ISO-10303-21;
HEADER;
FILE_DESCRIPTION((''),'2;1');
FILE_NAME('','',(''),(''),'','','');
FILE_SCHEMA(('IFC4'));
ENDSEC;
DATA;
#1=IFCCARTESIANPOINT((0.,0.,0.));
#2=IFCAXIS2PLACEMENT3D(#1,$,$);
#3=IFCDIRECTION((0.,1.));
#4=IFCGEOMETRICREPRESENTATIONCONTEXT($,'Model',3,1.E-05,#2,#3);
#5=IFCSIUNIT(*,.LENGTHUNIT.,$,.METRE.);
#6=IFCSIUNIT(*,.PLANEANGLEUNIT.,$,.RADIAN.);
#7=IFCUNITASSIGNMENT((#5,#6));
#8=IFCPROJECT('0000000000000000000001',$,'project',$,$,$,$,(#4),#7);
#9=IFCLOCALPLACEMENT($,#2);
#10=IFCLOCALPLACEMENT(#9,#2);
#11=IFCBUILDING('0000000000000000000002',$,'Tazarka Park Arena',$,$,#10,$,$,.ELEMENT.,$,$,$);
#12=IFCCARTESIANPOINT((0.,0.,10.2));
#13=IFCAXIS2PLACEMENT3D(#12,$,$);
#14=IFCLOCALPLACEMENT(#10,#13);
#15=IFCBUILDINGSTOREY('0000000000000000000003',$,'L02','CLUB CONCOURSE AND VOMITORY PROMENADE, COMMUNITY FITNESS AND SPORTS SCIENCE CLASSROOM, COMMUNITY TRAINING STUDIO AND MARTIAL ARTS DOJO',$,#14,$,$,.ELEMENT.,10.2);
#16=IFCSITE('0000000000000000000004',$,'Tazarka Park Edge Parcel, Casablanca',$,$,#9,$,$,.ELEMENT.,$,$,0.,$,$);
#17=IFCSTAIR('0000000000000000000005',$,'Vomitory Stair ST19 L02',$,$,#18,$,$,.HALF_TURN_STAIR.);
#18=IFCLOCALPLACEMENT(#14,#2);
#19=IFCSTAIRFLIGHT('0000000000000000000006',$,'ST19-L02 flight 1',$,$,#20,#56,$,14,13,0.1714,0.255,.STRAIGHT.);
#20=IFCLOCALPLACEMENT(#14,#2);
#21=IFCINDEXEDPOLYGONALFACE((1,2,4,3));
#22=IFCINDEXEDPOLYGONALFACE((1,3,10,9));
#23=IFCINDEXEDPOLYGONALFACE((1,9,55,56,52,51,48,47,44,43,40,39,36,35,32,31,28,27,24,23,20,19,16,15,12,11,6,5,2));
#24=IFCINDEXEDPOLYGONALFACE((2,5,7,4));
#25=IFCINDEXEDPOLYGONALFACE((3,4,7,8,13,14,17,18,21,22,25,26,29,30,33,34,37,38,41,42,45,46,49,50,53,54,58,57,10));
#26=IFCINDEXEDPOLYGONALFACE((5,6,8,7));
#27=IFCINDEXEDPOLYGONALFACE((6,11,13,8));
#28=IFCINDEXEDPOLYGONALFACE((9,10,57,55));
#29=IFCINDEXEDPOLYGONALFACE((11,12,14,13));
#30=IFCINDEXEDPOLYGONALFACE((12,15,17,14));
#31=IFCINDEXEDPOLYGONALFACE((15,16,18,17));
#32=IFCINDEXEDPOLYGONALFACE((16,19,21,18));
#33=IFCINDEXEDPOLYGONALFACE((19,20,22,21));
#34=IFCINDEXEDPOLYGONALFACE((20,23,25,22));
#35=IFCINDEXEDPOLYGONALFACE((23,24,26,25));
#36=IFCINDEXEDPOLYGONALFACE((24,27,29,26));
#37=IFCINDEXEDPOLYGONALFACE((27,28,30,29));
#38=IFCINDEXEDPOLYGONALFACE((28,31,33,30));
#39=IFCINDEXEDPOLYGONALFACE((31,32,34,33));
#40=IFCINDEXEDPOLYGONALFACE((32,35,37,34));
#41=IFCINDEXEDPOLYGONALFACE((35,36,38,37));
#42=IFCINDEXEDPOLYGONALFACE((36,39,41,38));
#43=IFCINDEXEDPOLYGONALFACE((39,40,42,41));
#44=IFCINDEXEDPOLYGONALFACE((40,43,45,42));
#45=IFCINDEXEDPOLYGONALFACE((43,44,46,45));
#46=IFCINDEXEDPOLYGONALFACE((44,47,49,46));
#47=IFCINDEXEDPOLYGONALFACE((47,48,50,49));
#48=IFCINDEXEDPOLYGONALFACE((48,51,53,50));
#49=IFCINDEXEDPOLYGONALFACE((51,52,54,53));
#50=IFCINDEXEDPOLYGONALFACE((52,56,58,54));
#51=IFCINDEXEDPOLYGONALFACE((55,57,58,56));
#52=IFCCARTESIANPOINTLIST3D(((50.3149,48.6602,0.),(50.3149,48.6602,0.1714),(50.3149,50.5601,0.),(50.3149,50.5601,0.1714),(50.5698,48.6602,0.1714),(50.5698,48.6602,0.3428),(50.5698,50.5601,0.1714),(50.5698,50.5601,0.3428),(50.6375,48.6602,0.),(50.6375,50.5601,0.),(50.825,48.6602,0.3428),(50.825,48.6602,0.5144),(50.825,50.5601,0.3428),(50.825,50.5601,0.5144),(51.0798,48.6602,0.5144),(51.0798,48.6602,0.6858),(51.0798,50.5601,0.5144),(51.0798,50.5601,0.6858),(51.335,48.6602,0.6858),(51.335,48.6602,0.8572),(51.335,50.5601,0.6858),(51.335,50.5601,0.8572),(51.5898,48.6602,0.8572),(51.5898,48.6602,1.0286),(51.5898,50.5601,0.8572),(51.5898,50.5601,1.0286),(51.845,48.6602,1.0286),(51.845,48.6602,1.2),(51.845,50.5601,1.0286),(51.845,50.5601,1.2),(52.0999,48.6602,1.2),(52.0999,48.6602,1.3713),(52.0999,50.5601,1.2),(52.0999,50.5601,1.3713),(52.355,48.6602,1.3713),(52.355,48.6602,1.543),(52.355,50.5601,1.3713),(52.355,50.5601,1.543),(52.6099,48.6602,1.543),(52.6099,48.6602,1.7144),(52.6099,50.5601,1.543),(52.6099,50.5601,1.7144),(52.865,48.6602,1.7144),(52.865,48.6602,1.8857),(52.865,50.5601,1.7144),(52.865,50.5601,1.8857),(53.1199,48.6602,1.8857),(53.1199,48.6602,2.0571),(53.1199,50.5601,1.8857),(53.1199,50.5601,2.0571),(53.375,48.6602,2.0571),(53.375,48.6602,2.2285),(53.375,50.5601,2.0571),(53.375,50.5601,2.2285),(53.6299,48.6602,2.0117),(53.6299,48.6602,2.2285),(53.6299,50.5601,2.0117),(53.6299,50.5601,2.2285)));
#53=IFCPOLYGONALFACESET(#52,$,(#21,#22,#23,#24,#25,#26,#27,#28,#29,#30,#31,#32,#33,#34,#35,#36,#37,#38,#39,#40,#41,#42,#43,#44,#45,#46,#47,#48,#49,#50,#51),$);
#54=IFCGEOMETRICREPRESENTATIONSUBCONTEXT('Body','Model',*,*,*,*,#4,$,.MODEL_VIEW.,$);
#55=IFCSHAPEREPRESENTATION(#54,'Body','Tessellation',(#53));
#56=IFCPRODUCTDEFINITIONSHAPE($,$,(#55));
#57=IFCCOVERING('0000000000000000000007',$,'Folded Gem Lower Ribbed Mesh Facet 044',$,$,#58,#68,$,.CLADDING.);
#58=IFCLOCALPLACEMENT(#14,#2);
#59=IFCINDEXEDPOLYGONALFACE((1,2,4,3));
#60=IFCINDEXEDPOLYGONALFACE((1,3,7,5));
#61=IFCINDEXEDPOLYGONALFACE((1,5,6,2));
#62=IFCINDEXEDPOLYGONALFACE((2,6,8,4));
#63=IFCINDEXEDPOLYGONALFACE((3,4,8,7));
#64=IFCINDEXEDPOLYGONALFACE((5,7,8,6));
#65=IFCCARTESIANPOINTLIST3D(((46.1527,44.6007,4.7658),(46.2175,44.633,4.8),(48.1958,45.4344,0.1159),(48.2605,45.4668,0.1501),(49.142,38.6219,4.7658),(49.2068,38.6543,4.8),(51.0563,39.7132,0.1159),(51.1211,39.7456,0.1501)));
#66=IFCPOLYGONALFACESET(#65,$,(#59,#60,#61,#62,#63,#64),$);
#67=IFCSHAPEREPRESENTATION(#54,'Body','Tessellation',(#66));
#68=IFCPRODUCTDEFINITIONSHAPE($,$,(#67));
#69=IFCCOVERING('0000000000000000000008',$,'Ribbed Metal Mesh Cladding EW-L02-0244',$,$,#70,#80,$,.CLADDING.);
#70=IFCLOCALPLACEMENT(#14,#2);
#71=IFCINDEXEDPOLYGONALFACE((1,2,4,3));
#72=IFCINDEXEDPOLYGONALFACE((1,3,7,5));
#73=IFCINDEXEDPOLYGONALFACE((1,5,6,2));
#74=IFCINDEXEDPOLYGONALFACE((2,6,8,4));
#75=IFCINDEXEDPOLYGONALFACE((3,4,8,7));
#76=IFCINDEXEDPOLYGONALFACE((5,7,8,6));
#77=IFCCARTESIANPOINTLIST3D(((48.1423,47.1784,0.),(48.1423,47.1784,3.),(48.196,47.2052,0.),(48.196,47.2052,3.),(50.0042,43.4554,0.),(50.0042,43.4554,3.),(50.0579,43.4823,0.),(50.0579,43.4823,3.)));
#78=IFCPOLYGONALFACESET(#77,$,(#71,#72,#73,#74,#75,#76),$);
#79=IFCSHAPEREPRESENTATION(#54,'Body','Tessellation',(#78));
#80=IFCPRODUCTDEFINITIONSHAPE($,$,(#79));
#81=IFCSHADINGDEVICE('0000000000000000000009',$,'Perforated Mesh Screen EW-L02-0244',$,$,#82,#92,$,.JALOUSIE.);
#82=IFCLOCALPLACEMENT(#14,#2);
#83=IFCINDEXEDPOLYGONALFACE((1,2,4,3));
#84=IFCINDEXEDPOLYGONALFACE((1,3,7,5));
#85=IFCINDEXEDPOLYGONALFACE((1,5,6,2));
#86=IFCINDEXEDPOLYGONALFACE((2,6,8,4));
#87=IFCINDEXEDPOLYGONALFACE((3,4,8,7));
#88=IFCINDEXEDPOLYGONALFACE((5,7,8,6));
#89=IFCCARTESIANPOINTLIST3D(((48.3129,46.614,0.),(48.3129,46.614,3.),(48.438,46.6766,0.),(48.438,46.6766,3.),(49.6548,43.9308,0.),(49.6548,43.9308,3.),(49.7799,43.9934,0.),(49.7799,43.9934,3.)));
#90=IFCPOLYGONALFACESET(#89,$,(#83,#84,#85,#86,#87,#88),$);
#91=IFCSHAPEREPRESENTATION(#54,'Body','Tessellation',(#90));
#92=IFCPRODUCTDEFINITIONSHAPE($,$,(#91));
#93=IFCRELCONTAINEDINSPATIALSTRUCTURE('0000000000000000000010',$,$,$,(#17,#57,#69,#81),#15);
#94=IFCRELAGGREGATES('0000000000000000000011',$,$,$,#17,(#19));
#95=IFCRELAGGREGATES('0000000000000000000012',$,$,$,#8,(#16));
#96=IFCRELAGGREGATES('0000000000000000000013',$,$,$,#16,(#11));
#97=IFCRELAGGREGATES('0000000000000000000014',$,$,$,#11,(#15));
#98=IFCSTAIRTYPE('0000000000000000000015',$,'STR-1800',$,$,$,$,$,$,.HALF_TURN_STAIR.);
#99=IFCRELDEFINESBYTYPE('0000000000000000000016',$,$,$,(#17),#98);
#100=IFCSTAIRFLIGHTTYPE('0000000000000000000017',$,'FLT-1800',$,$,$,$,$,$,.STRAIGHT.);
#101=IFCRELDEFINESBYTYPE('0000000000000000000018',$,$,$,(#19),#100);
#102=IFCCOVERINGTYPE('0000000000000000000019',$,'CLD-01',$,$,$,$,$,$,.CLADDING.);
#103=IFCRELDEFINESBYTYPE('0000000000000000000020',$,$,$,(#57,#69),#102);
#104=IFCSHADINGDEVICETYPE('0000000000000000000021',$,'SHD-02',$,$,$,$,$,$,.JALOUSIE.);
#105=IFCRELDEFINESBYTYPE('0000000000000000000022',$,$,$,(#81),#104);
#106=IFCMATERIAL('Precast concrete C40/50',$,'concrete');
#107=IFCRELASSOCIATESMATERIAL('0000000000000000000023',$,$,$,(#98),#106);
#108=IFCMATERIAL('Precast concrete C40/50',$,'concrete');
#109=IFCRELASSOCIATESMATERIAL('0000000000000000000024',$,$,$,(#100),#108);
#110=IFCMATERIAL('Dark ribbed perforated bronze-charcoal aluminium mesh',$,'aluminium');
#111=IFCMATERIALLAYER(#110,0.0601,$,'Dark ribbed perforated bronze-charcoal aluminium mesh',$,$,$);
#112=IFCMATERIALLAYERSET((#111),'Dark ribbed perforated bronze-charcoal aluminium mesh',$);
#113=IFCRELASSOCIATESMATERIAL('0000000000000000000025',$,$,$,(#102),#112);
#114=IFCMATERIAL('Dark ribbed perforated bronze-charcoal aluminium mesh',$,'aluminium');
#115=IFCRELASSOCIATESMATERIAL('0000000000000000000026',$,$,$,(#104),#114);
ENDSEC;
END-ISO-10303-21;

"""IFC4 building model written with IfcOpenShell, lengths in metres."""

from ifc_helpers import new_model, si_unit, direction, frame, origin, origin_2d, place, context, subcontext, project, spatial, polyline, rectangle, outline, extrude, material, layer, layer_set, type_object, element, aggregate, save


model = new_model("IFC4")

# Units and contexts
model_context = context("Model", 3, precision=1e-05, world=origin(), true_north=direction((0.0, 1.0)))
body_context = subcontext(model_context, "Body", "Model", "MODEL_VIEW")
ifc_project = project(units=[si_unit("LENGTHUNIT", "METRE"), si_unit("PLANEANGLEUNIT", "RADIAN")], contexts=[model_context])

# Site, building, storey
site_placement = place(None, origin())
site = spatial("IfcSite", under=ifc_project, at=site_placement, Name="Tazarka Park Edge Parcel, Casablanca", CompositionType="ELEMENT", RefElevation=0.0)
building_placement = place(site_placement, origin())
building = spatial("IfcBuilding", under=site, at=building_placement, Name="Tazarka Park Arena", CompositionType="ELEMENT")
storey_placement = place(building_placement, frame((0.0, 0.0, 10.2)))
storey = spatial("IfcBuildingStorey", under=building, at=storey_placement, Name="L02", Description="CLUB CONCOURSE AND VOMITORY PROMENADE, COMMUNITY FITNESS AND SPORTS SCIENCE CLASSROOM, COMMUNITY TRAINING STUDIO AND MARTIAL ARTS DOJO", CompositionType="ELEMENT", Elevation=10.2)

# Stair, stair flight
ifc_material_1 = material(Name="Precast concrete C40/50", Category="concrete")
stair_type = type_object("IfcStairType", Name="STR-1800", PredefinedType="HALF_TURN_STAIR", material=ifc_material_1)
stair_placement = place(storey_placement, origin())
stair = element("IfcStair", 1, at=stair_placement, inside=storey, type_object=stair_type, Name="Vomitory Stair ST19 L02", PredefinedType="HALF_TURN_STAIR")
ifc_material_2 = material(Name="Precast concrete C40/50", Category="concrete")
stair_flight_type = type_object("IfcStairFlightType", Name="FLT-1800", PredefinedType="STRAIGHT", material=ifc_material_2)
stair_flight_placement = place(storey_placement, frame((50.3149, 49.6101, 0.0), z_axis=(0.0, 0.0, 1.0), x_axis=(1.0, 0.0, 0.0)))
stair_flight = element("IfcStairFlight", 2, at=stair_flight_placement, type_object=stair_flight_type, Name="ST19-L02 flight 1", NumberOfRisers=14, NumberOfTreads=13, PredefinedType="STRAIGHT", RiserHeight=0.1714, TreadLength=0.255, context=body_context, shape_type="SweptSolid", body=[
    extrude(outline(polyline([(0.0, 0.0), (0.0, 0.1714), (0.2549, 0.1714), (0.2549, 0.3428), (0.51, 0.3428), (0.51, 0.5144), (0.7649, 0.5144), (0.7649, 0.6858), (1.02, 0.6858), (1.02, 0.8572), (1.2749, 0.8572), (1.2749, 1.0286), (1.53, 1.0286), (1.53, 1.2), (1.7849, 1.2), (1.7849, 1.3713), (2.04, 1.3713), (2.04, 1.543), (2.2949, 1.543), (2.2949, 1.7144), (2.55, 1.7144), (2.55, 1.8857), (2.8049, 1.8857), (2.8049, 2.0571), (3.0601, 2.0571), (3.0601, 2.2285), (3.3149, 2.2285), (3.3149, 2.3999), (3.3149, 2.0117), (0.3225, 0.0), (0.0, 0.0)])), frame((0.0, 0.95, 0.0), z_axis=(0.0, -1.0, 0.0), x_axis=(1.0, 0.0, 0.0)), (0.0, 0.0, 1.0), 1.8999),
])
aggregate(stair, [stair_flight])

# Coverings
ifc_material_3 = material(Name="Dark ribbed perforated bronze-charcoal aluminium mesh", Category="aluminium")
ifc_layer_1 = layer(ifc_material_3, 0.0601, Name="Dark ribbed perforated bronze-charcoal aluminium mesh")
ifc_layer_set_1 = layer_set([ifc_layer_1], Name="Dark ribbed perforated bronze-charcoal aluminium mesh")
covering_type = type_object("IfcCoveringType", Name="CLD-01", PredefinedType="CLADDING", material=ifc_layer_set_1)
covering_1_placement = place(storey_placement, frame((48.2605, 45.4668, 0.1501), z_axis=(0.808491, 0.404237, 0.427708), x_axis=(0.447207, -0.89443, -0.000003)))
element("IfcCovering", 3, at=covering_1_placement, inside=storey, type_object=covering_type, Name="Folded Gem Lower Ribbed Mesh Facet 044", PredefinedType="CLADDING", context=body_context, shape_type="SweptSolid", body=[
    extrude(outline(polyline([(0.0, 0.0), (6.3965, 0.0), (6.5165, -5.1442), (-0.1679, -5.1441), (0.0, 0.0)])), origin(), (0.0, 0.0, -1.0), 0.0801),
])
covering_2_placement = place(storey_placement, frame((49.1001, 45.3303, 0.0), z_axis=(0.0, 0.0, 1.0), x_axis=(-0.447291, 0.894389, 0.0)))
element("IfcCovering", 4, at=covering_2_placement, inside=storey, type_object=covering_type, Name="Ribbed Metal Mesh Cladding EW-L02-0244", PredefinedType="CLADDING", context=body_context, shape_type="SweptSolid", body=[
    extrude(rectangle(XDim=4.1626, YDim=0.0601, at=origin_2d()), origin(), (0.0, 0.0, 1.0), 3.0),
])

# Shading device
ifc_material_4 = material(Name="Dark ribbed perforated bronze-charcoal aluminium mesh", Category="aluminium")
shading_device_type = type_object("IfcShadingDeviceType", Name="SHD-02", PredefinedType="JALOUSIE", material=ifc_material_4)
shading_device_placement = place(storey_placement, frame((49.0464, 45.3037, 0.0), z_axis=(0.0, 0.0, 1.0), x_axis=(-0.447291, 0.894389, 0.0)))
element("IfcShadingDevice", 5, at=shading_device_placement, inside=storey, type_object=shading_device_type, Name="Perforated Mesh Screen EW-L02-0244", PredefinedType="JALOUSIE", context=body_context, shape_type="SweptSolid", body=[
    extrude(rectangle(XDim=3.0, YDim=0.1399, at=origin_2d()), origin(), (0.0, 0.0, 1.0), 3.0),
])

save(model, "model.ifc")
